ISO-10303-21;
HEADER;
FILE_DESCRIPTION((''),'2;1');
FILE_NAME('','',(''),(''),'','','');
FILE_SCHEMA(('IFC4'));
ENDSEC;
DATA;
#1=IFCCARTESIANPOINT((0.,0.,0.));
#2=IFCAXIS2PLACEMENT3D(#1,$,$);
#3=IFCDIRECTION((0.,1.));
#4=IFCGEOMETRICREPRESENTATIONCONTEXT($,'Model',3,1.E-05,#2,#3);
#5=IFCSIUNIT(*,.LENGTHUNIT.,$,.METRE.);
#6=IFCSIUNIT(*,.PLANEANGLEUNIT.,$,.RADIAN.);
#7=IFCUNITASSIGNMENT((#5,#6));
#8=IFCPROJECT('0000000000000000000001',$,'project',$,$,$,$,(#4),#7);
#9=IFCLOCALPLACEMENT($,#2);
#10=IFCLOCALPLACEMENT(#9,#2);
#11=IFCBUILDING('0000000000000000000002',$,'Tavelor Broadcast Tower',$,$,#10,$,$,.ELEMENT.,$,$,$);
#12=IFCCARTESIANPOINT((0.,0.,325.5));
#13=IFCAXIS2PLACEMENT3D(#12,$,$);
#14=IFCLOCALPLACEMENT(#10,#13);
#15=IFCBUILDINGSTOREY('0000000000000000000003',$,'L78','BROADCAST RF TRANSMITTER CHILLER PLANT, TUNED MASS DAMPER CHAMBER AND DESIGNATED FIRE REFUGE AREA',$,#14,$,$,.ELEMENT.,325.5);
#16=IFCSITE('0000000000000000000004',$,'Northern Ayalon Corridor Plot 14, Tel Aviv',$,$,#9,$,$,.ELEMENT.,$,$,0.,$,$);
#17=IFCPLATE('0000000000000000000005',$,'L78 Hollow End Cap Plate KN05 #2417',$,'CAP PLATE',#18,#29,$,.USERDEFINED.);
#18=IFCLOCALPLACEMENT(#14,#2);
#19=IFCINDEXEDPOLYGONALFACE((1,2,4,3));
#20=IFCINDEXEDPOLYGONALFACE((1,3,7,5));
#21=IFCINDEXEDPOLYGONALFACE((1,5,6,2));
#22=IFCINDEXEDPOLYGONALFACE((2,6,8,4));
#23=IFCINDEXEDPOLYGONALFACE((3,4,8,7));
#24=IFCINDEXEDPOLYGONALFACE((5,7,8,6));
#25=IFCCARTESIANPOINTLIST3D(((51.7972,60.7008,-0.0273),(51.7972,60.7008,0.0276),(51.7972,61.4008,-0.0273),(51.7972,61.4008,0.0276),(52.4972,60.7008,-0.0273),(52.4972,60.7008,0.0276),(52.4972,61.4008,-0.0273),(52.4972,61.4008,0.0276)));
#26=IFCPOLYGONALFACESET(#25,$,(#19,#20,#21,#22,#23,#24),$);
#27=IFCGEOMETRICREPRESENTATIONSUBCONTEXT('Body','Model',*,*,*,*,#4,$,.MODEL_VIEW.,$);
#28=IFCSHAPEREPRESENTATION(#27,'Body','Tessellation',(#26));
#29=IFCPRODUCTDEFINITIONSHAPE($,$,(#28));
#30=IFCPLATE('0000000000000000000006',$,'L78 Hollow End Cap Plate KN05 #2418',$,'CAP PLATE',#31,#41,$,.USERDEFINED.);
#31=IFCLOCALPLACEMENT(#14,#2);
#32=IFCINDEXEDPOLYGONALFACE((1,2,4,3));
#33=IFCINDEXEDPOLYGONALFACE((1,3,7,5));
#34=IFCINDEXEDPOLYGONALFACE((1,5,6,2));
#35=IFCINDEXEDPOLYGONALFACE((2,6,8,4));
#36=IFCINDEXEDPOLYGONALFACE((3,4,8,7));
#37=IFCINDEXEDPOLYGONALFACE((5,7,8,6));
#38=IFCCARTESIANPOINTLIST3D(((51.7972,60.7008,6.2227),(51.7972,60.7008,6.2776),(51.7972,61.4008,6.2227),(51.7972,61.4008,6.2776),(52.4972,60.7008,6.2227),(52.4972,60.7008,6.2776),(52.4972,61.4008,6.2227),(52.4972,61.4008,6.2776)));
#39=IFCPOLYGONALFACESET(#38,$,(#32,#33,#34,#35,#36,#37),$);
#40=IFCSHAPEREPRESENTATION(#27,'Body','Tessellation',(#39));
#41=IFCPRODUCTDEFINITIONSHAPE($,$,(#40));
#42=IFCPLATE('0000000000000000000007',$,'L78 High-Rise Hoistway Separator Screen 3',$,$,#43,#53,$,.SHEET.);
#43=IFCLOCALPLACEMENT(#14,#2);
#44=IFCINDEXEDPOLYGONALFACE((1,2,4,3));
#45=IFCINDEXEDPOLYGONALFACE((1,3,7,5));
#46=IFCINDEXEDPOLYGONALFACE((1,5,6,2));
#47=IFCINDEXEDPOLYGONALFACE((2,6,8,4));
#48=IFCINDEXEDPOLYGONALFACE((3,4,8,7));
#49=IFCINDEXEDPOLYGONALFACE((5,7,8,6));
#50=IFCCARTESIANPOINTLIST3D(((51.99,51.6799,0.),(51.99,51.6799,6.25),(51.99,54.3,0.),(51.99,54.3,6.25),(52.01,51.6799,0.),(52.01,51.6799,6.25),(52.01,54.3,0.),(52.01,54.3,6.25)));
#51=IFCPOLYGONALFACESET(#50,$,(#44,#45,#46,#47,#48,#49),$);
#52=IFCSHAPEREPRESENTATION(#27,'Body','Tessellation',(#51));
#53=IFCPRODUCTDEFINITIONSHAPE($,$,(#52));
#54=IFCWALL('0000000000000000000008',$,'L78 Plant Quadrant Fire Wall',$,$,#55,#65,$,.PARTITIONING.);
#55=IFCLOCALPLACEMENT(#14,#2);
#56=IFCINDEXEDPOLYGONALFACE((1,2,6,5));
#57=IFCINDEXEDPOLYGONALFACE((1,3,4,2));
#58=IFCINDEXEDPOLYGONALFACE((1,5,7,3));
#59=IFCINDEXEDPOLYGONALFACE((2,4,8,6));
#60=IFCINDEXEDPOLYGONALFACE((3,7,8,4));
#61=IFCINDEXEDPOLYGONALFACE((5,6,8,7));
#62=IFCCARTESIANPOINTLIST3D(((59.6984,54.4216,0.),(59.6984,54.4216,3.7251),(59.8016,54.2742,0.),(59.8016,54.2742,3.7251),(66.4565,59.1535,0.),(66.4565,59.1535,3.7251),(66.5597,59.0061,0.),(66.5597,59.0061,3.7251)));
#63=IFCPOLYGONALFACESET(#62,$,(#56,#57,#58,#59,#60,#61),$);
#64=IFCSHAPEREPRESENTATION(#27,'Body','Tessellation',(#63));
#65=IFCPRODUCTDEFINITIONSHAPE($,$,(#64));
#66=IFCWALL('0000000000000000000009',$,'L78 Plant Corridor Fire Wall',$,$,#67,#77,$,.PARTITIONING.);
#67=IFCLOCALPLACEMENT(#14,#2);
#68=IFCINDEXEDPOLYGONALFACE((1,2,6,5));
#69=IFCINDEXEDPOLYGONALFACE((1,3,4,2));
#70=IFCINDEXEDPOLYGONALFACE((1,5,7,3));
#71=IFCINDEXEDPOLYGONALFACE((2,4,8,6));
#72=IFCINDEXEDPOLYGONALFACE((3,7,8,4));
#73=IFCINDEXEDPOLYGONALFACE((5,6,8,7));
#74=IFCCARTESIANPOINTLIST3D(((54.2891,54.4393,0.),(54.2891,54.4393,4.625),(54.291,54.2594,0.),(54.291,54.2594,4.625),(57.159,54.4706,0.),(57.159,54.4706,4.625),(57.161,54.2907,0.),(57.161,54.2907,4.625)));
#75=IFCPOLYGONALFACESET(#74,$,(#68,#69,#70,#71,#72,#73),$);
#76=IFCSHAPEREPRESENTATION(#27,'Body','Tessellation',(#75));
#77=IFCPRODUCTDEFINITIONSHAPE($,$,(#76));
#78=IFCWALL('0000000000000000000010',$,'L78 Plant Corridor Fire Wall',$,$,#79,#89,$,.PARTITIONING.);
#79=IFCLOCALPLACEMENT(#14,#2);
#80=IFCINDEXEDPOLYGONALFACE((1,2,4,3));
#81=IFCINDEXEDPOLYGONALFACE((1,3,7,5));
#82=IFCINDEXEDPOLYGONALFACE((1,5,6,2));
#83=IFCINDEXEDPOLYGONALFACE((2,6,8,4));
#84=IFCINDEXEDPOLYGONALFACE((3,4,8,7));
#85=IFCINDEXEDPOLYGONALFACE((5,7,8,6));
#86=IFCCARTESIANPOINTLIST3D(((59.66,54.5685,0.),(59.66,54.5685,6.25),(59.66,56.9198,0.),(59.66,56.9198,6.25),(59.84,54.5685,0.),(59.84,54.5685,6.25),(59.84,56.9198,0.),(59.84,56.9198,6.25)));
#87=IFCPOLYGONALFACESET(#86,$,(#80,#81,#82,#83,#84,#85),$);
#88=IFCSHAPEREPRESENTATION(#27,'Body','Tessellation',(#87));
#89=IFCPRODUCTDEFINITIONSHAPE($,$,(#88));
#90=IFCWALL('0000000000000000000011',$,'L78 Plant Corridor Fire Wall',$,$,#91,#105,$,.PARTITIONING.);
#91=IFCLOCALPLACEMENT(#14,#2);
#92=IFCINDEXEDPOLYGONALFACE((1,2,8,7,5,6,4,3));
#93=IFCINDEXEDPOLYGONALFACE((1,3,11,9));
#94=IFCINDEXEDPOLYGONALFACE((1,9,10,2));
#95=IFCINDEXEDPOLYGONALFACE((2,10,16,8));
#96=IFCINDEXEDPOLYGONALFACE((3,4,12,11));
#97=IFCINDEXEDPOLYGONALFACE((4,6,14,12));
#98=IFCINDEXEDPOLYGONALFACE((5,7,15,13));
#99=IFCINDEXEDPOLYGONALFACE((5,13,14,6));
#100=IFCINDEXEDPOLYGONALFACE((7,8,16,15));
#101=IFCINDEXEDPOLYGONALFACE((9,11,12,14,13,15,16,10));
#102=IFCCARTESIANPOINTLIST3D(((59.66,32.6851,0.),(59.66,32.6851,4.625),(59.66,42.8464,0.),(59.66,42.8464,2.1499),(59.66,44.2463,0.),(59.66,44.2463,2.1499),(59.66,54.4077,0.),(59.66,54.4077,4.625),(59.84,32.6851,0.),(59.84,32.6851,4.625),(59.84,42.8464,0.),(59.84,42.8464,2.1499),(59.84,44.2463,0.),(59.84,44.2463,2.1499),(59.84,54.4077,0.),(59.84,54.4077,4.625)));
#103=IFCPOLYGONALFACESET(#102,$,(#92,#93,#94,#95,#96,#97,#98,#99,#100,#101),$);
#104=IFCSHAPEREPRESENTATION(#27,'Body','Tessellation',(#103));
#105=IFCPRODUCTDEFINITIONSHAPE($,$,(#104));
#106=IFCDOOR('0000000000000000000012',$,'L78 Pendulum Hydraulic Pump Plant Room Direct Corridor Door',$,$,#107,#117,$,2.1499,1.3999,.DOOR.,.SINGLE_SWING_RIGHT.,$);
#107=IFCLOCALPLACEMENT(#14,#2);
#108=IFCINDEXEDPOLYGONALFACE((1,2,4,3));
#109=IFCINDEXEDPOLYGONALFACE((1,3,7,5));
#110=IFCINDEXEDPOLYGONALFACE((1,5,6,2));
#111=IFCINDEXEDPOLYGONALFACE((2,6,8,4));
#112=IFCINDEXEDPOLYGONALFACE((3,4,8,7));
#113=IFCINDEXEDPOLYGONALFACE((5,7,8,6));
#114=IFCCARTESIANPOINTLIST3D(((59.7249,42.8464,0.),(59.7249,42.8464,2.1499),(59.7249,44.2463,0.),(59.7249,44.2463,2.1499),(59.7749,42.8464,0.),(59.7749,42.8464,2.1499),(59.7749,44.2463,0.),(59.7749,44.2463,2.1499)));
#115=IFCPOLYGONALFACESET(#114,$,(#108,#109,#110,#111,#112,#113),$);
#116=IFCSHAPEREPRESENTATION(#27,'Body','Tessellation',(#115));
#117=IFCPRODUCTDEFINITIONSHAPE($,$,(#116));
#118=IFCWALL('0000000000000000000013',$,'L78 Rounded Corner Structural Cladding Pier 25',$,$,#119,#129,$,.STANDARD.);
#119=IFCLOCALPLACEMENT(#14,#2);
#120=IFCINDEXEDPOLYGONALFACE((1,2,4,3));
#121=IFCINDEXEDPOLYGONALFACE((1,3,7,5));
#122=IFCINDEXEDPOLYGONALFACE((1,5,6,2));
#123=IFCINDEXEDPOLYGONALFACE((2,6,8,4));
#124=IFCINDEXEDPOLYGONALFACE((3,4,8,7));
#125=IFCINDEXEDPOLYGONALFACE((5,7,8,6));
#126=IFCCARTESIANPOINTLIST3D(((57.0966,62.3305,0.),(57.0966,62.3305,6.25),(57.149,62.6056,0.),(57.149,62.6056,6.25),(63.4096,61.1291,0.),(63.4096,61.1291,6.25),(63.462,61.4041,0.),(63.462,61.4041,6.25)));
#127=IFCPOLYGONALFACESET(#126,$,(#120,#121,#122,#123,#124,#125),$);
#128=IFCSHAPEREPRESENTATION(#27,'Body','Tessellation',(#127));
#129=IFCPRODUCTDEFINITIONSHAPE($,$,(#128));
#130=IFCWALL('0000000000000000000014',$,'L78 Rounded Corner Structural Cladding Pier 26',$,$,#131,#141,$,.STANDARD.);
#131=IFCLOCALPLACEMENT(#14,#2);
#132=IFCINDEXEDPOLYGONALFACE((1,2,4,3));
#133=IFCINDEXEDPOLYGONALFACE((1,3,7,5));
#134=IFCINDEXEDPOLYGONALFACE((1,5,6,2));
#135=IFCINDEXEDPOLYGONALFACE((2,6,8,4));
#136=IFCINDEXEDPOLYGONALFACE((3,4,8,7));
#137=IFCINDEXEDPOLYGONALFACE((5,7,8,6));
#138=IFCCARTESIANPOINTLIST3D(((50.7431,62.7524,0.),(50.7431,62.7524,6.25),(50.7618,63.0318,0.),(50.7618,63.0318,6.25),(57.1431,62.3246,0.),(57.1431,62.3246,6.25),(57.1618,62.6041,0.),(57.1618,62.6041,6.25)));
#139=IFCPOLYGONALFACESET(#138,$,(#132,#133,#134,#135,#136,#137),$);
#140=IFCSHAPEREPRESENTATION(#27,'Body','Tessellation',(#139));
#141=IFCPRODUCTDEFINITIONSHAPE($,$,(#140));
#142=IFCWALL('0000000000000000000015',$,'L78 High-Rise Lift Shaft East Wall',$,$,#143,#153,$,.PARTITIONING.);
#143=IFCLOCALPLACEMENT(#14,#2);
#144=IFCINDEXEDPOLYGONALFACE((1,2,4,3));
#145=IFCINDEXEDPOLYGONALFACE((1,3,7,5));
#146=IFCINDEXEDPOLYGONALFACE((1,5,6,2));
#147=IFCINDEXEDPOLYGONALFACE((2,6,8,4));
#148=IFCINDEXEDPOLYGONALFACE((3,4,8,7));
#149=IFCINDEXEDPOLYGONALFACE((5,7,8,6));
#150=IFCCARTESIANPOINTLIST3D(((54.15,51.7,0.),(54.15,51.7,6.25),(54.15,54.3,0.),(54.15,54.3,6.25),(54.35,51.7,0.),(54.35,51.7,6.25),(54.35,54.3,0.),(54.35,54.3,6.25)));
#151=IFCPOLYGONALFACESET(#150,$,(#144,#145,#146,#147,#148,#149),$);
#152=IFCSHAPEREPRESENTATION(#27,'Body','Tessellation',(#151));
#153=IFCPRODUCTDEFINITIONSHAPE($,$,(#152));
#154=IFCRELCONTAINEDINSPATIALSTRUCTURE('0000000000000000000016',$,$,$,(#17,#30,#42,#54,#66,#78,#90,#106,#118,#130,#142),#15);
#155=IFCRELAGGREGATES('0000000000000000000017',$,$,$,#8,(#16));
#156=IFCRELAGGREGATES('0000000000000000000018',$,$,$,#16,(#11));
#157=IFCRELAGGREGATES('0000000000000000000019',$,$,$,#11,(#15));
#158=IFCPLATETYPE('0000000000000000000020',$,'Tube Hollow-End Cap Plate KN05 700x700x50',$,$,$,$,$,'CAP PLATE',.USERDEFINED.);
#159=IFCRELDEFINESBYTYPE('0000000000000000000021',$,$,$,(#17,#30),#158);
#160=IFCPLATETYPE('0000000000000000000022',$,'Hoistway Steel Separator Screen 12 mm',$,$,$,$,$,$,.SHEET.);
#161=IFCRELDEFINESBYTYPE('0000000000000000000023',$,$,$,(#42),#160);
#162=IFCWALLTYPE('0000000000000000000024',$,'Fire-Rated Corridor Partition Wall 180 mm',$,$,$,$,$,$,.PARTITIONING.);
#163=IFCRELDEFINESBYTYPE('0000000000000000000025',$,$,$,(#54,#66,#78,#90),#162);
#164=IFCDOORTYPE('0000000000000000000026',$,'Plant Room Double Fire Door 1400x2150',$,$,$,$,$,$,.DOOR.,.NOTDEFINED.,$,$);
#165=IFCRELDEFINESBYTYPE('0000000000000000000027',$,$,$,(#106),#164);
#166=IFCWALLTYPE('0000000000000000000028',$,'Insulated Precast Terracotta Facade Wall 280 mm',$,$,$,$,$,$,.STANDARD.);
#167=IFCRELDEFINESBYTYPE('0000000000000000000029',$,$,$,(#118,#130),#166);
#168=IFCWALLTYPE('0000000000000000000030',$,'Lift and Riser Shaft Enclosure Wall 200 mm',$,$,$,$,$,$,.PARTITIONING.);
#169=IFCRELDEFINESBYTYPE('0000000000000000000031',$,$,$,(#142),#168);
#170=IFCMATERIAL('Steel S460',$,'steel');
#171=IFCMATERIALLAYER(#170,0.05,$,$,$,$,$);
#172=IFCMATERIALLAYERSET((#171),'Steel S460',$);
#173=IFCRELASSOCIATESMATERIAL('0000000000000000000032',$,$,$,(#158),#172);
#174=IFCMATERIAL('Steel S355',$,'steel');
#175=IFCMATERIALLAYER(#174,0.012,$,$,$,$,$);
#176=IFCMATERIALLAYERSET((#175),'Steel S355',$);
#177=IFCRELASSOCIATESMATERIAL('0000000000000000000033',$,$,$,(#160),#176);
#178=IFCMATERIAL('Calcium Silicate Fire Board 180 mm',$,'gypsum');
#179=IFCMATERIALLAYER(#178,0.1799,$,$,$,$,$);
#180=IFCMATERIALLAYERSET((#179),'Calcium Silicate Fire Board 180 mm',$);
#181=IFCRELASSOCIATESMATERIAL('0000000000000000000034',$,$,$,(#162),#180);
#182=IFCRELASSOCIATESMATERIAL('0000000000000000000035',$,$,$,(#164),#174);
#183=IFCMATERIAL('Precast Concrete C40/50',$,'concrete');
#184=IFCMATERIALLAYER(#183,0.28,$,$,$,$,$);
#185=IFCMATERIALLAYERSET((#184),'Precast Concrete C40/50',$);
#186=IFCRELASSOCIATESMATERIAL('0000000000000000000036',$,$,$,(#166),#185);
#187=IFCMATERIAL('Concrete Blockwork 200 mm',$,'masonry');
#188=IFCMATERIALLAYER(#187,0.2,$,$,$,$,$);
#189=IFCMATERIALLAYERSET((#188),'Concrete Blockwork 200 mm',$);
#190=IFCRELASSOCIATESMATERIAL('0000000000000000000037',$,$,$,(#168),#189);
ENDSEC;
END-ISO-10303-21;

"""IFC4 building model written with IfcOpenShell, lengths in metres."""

from ifc_helpers import new_model, si_unit, direction, frame, frame_2d, origin, origin_2d, place, context, subcontext, project, spatial, rectangle, extrude, source, transform, mapped, material, layer, layer_set, type_object, type_shapes, element, fill, save


model = new_model("IFC4")

# Units and contexts
model_context = context("Model", 3, precision=1e-05, world=origin(), true_north=direction((0.0, 1.0)))
body_context = subcontext(model_context, "Body", "Model", "MODEL_VIEW")
ifc_project = project(units=[si_unit("LENGTHUNIT", "METRE"), si_unit("PLANEANGLEUNIT", "RADIAN")], contexts=[model_context])

# Site, building, storey
site_placement = place(None, origin())
site = spatial("IfcSite", under=ifc_project, at=site_placement, Name="Northern Ayalon Corridor Plot 14, Tel Aviv", CompositionType="ELEMENT", RefElevation=0.0)
building_placement = place(site_placement, origin())
building = spatial("IfcBuilding", under=site, at=building_placement, Name="Tavelor Broadcast Tower", CompositionType="ELEMENT")
storey_placement = place(building_placement, frame((0.0, 0.0, 325.5)))
storey = spatial("IfcBuildingStorey", under=building, at=storey_placement, Name="L78", Description="BROADCAST RF TRANSMITTER CHILLER PLANT, TUNED MASS DAMPER CHAMBER AND DESIGNATED FIRE REFUGE AREA", CompositionType="ELEMENT", Elevation=325.5)

# Shared definitions
ifc_material_1 = material(Name="Steel S460", Category="steel")

# Plates
ifc_layer_1 = layer(ifc_material_1, 0.05)
ifc_layer_set_1 = layer_set([ifc_layer_1], Name="Steel S460")
plate_type_1 = type_object("IfcPlateType", Name="Tube Hollow-End Cap Plate KN05 700x700x50", ElementType="CAP PLATE", PredefinedType="USERDEFINED", material=ifc_layer_set_1)
shared_shape_1 = source(origin(), body_context, "Body", "SweptSolid", [
    extrude(rectangle(XDim=0.7, YDim=0.7, at=origin_2d()), origin(), (0.0, 0.0, 1.0), 0.0549),
])
type_shapes(plate_type_1, [shared_shape_1])
for number, where, z_axis, x_axis, name in (
    (1, (52.1472, 61.0508, -0.0273), (0.0, 0.0, 1.0), (1.0, 0.0, 0.0), "L78 Hollow End Cap Plate KN05 #2417"),
    (2, (52.1472, 61.0508, 6.2227), (0.0, 0.0, 1.0), (1.0, 0.0, 0.0), "L78 Hollow End Cap Plate KN05 #2418"),
):
    element("IfcPlate", number, at=place(storey_placement, frame(where, z_axis=z_axis, x_axis=x_axis)), inside=storey, type_object=plate_type_1, Name=name, ObjectType="CAP PLATE", PredefinedType="USERDEFINED", context=body_context, shape_type="MappedRepresentation", body=[
        mapped(shared_shape_1, transform((0.0, 0.0, 0.0), scale=1.0)),
    ])
ifc_material_2 = material(Name="Steel S355", Category="steel")
ifc_layer_2 = layer(ifc_material_2, 0.012)
ifc_layer_set_2 = layer_set([ifc_layer_2], Name="Steel S355")
plate_type_2 = type_object("IfcPlateType", Name="Hoistway Steel Separator Screen 12 mm", PredefinedType="SHEET", material=ifc_layer_set_2)
shared_shape_2 = source(origin(), body_context, "Body", "SweptSolid", [
    extrude(rectangle(XDim=0.02, YDim=2.6201, at=origin_2d()), origin(), (0.0, 0.0, 1.0), 6.25),
])
type_shapes(plate_type_2, [shared_shape_2])
plate_placement = place(storey_placement, frame((52.0, 52.99, 0.0), z_axis=(0.0, 0.0, 1.0), x_axis=(1.0, 0.0, 0.0)))
element("IfcPlate", 3, at=plate_placement, inside=storey, type_object=plate_type_2, Name="L78 High-Rise Hoistway Separator Screen 3", PredefinedType="SHEET", context=body_context, shape_type="MappedRepresentation", body=[
    mapped(shared_shape_2, transform((0.0, 0.0, 0.0), scale=1.0)),
])

# Walls
ifc_material_3 = material(Name="Calcium Silicate Fire Board 180 mm", Category="gypsum")
ifc_layer_3 = layer(ifc_material_3, 0.1799)
ifc_layer_set_3 = layer_set([ifc_layer_3], Name="Calcium Silicate Fire Board 180 mm")
wall_type_1 = type_object("IfcWallType", Name="Fire-Rated Corridor Partition Wall 180 mm", PredefinedType="PARTITIONING", material=ifc_layer_set_3)
wall_1_placement = place(storey_placement, frame((59.75, 54.3479, 0.0), z_axis=(0.0, 0.0, 1.0), x_axis=(0.819158, 0.573568, 0.0)))
element("IfcWall", 4, at=wall_1_placement, inside=storey, type_object=wall_type_1, Name="L78 Plant Quadrant Fire Wall", PredefinedType="PARTITIONING", context=body_context, shape_type="SweptSolid", body=[
    extrude(rectangle(XDim=8.25, YDim=0.1799, at=frame_2d((4.125, 0.0))), origin(), (0.0, 0.0, 1.0), 3.7251),
])
wall_2_placement = place(storey_placement, frame((54.29, 54.3494, 0.0), z_axis=(0.0, 0.0, 1.0), x_axis=(0.999941, 0.010888, 0.0)))
element("IfcWall", 5, at=wall_2_placement, inside=storey, type_object=wall_type_1, Name="L78 Plant Corridor Fire Wall", PredefinedType="PARTITIONING", context=body_context, shape_type="SweptSolid", body=[
    extrude(rectangle(XDim=2.8701, YDim=0.1799, at=frame_2d((1.4351, 0.0))), origin(), (0.0, 0.0, 1.0), 4.625),
])
wall_3_placement = place(storey_placement, frame((59.75, 56.9199, 0.0), z_axis=(0.0, 0.0, 1.0), x_axis=(0.0, -1.0, 0.0)))
element("IfcWall", 6, at=wall_3_placement, inside=storey, type_object=wall_type_1, Name="L78 Plant Corridor Fire Wall", PredefinedType="PARTITIONING", context=body_context, shape_type="SweptSolid", body=[
    extrude(rectangle(XDim=2.3513, YDim=0.1799, at=frame_2d((1.1758, 0.0))), origin(), (0.0, 0.0, 1.0), 6.25),
])

# Wall, opening, door
wall_4_placement = place(storey_placement, frame((59.75, 54.4077, 0.0), z_axis=(0.0, 0.0, 1.0), x_axis=(0.0, -1.0, 0.0)))
wall_4 = element("IfcWall", 7, at=wall_4_placement, inside=storey, type_object=wall_type_1, Name="L78 Plant Corridor Fire Wall", PredefinedType="PARTITIONING", context=body_context, shape_type="SweptSolid", body=[
    extrude(rectangle(XDim=21.7227, YDim=0.1799, at=frame_2d((10.8613, 0.0))), origin(), (0.0, 0.0, 1.0), 4.625),
])
opening_placement = place(wall_4_placement, frame((10.1614, 0.0, 0.0)))
opening = element("IfcOpeningElement", 8, at=opening_placement, cuts=wall_4, PredefinedType="OPENING", context=body_context, shape_type="SweptSolid", body=[
    extrude(rectangle(XDim=1.3999, YDim=2.1499, at=frame_2d((0.7, 1.075))), frame((0.0, 0.1001, 0.0), z_axis=(0.0, -1.0, 0.0), x_axis=(1.0, 0.0, 0.0)), (0.0, 0.0, 1.0), 0.2),
])
door_type = type_object("IfcDoorType", Name="Plant Room Double Fire Door 1400x2150", OperationType="NOTDEFINED", PredefinedType="DOOR", material=ifc_material_2)
door_placement = place(opening_placement, origin())
door = element("IfcDoor", 9, at=door_placement, inside=storey, type_object=door_type, Name="L78 Pendulum Hydraulic Pump Plant Room Direct Corridor Door", OperationType="SINGLE_SWING_RIGHT", OverallHeight=2.1499, OverallWidth=1.3999, PredefinedType="DOOR", context=body_context, shape_type="SweptSolid", body=[
    extrude(rectangle(XDim=1.3999, YDim=2.1499, at=frame_2d((0.7, 1.075))), frame((0.0, 0.0249, 0.0), z_axis=(0.0, -1.0, 0.0), x_axis=(1.0, 0.0, 0.0)), (0.0, 0.0, 1.0), 0.05),
])
fill(opening, door)

# Walls
ifc_material_4 = material(Name="Precast Concrete C40/50", Category="concrete")
ifc_layer_4 = layer(ifc_material_4, 0.28)
ifc_layer_set_4 = layer_set([ifc_layer_4], Name="Precast Concrete C40/50")
wall_type_2 = type_object("IfcWallType", Name="Insulated Precast Terracotta Facade Wall 280 mm", PredefinedType="STANDARD", material=ifc_layer_set_4)
wall_5_placement = place(storey_placement, frame((63.4358, 61.2666, 0.0), z_axis=(0.0, 0.0, 1.0), x_axis=(-0.982369, 0.186953, 0.0)))
element("IfcWall", 10, at=wall_5_placement, inside=storey, type_object=wall_type_2, Name="L78 Rounded Corner Structural Cladding Pier 25", PredefinedType="STANDARD", context=body_context, shape_type="SweptSolid", body=[
    extrude(rectangle(XDim=6.4263, YDim=0.28, at=frame_2d((3.2131, 0.0))), origin(), (0.0, 0.0, 1.0), 6.25),
])
wall_6_placement = place(storey_placement, frame((57.1523, 62.4644, 0.0), z_axis=(0.0, 0.0, 1.0), x_axis=(-0.997774, 0.066683, 0.0)))
element("IfcWall", 11, at=wall_6_placement, inside=storey, type_object=wall_type_2, Name="L78 Rounded Corner Structural Cladding Pier 26", PredefinedType="STANDARD", context=body_context, shape_type="SweptSolid", body=[
    extrude(rectangle(XDim=6.4143, YDim=0.28, at=frame_2d((3.207, 0.0))), origin(), (0.0, 0.0, 1.0), 6.25),
])
ifc_material_5 = material(Name="Concrete Blockwork 200 mm", Category="masonry")
ifc_layer_5 = layer(ifc_material_5, 0.2)
ifc_layer_set_5 = layer_set([ifc_layer_5], Name="Concrete Blockwork 200 mm")
wall_type_3 = type_object("IfcWallType", Name="Lift and Riser Shaft Enclosure Wall 200 mm", PredefinedType="PARTITIONING", material=ifc_layer_set_5)
wall_7_placement = place(storey_placement, frame((54.25, 51.7, 0.0), z_axis=(0.0, 0.0, 1.0), x_axis=(0.0, 1.0, 0.0)))
element("IfcWall", 12, at=wall_7_placement, inside=storey, type_object=wall_type_3, Name="L78 High-Rise Lift Shaft East Wall", PredefinedType="PARTITIONING", context=body_context, shape_type="SweptSolid", body=[
    extrude(rectangle(XDim=2.6001, YDim=0.2, at=frame_2d((1.3, 0.0))), origin(), (0.0, 0.0, 1.0), 6.25),
])

save(model, "model.ifc")
